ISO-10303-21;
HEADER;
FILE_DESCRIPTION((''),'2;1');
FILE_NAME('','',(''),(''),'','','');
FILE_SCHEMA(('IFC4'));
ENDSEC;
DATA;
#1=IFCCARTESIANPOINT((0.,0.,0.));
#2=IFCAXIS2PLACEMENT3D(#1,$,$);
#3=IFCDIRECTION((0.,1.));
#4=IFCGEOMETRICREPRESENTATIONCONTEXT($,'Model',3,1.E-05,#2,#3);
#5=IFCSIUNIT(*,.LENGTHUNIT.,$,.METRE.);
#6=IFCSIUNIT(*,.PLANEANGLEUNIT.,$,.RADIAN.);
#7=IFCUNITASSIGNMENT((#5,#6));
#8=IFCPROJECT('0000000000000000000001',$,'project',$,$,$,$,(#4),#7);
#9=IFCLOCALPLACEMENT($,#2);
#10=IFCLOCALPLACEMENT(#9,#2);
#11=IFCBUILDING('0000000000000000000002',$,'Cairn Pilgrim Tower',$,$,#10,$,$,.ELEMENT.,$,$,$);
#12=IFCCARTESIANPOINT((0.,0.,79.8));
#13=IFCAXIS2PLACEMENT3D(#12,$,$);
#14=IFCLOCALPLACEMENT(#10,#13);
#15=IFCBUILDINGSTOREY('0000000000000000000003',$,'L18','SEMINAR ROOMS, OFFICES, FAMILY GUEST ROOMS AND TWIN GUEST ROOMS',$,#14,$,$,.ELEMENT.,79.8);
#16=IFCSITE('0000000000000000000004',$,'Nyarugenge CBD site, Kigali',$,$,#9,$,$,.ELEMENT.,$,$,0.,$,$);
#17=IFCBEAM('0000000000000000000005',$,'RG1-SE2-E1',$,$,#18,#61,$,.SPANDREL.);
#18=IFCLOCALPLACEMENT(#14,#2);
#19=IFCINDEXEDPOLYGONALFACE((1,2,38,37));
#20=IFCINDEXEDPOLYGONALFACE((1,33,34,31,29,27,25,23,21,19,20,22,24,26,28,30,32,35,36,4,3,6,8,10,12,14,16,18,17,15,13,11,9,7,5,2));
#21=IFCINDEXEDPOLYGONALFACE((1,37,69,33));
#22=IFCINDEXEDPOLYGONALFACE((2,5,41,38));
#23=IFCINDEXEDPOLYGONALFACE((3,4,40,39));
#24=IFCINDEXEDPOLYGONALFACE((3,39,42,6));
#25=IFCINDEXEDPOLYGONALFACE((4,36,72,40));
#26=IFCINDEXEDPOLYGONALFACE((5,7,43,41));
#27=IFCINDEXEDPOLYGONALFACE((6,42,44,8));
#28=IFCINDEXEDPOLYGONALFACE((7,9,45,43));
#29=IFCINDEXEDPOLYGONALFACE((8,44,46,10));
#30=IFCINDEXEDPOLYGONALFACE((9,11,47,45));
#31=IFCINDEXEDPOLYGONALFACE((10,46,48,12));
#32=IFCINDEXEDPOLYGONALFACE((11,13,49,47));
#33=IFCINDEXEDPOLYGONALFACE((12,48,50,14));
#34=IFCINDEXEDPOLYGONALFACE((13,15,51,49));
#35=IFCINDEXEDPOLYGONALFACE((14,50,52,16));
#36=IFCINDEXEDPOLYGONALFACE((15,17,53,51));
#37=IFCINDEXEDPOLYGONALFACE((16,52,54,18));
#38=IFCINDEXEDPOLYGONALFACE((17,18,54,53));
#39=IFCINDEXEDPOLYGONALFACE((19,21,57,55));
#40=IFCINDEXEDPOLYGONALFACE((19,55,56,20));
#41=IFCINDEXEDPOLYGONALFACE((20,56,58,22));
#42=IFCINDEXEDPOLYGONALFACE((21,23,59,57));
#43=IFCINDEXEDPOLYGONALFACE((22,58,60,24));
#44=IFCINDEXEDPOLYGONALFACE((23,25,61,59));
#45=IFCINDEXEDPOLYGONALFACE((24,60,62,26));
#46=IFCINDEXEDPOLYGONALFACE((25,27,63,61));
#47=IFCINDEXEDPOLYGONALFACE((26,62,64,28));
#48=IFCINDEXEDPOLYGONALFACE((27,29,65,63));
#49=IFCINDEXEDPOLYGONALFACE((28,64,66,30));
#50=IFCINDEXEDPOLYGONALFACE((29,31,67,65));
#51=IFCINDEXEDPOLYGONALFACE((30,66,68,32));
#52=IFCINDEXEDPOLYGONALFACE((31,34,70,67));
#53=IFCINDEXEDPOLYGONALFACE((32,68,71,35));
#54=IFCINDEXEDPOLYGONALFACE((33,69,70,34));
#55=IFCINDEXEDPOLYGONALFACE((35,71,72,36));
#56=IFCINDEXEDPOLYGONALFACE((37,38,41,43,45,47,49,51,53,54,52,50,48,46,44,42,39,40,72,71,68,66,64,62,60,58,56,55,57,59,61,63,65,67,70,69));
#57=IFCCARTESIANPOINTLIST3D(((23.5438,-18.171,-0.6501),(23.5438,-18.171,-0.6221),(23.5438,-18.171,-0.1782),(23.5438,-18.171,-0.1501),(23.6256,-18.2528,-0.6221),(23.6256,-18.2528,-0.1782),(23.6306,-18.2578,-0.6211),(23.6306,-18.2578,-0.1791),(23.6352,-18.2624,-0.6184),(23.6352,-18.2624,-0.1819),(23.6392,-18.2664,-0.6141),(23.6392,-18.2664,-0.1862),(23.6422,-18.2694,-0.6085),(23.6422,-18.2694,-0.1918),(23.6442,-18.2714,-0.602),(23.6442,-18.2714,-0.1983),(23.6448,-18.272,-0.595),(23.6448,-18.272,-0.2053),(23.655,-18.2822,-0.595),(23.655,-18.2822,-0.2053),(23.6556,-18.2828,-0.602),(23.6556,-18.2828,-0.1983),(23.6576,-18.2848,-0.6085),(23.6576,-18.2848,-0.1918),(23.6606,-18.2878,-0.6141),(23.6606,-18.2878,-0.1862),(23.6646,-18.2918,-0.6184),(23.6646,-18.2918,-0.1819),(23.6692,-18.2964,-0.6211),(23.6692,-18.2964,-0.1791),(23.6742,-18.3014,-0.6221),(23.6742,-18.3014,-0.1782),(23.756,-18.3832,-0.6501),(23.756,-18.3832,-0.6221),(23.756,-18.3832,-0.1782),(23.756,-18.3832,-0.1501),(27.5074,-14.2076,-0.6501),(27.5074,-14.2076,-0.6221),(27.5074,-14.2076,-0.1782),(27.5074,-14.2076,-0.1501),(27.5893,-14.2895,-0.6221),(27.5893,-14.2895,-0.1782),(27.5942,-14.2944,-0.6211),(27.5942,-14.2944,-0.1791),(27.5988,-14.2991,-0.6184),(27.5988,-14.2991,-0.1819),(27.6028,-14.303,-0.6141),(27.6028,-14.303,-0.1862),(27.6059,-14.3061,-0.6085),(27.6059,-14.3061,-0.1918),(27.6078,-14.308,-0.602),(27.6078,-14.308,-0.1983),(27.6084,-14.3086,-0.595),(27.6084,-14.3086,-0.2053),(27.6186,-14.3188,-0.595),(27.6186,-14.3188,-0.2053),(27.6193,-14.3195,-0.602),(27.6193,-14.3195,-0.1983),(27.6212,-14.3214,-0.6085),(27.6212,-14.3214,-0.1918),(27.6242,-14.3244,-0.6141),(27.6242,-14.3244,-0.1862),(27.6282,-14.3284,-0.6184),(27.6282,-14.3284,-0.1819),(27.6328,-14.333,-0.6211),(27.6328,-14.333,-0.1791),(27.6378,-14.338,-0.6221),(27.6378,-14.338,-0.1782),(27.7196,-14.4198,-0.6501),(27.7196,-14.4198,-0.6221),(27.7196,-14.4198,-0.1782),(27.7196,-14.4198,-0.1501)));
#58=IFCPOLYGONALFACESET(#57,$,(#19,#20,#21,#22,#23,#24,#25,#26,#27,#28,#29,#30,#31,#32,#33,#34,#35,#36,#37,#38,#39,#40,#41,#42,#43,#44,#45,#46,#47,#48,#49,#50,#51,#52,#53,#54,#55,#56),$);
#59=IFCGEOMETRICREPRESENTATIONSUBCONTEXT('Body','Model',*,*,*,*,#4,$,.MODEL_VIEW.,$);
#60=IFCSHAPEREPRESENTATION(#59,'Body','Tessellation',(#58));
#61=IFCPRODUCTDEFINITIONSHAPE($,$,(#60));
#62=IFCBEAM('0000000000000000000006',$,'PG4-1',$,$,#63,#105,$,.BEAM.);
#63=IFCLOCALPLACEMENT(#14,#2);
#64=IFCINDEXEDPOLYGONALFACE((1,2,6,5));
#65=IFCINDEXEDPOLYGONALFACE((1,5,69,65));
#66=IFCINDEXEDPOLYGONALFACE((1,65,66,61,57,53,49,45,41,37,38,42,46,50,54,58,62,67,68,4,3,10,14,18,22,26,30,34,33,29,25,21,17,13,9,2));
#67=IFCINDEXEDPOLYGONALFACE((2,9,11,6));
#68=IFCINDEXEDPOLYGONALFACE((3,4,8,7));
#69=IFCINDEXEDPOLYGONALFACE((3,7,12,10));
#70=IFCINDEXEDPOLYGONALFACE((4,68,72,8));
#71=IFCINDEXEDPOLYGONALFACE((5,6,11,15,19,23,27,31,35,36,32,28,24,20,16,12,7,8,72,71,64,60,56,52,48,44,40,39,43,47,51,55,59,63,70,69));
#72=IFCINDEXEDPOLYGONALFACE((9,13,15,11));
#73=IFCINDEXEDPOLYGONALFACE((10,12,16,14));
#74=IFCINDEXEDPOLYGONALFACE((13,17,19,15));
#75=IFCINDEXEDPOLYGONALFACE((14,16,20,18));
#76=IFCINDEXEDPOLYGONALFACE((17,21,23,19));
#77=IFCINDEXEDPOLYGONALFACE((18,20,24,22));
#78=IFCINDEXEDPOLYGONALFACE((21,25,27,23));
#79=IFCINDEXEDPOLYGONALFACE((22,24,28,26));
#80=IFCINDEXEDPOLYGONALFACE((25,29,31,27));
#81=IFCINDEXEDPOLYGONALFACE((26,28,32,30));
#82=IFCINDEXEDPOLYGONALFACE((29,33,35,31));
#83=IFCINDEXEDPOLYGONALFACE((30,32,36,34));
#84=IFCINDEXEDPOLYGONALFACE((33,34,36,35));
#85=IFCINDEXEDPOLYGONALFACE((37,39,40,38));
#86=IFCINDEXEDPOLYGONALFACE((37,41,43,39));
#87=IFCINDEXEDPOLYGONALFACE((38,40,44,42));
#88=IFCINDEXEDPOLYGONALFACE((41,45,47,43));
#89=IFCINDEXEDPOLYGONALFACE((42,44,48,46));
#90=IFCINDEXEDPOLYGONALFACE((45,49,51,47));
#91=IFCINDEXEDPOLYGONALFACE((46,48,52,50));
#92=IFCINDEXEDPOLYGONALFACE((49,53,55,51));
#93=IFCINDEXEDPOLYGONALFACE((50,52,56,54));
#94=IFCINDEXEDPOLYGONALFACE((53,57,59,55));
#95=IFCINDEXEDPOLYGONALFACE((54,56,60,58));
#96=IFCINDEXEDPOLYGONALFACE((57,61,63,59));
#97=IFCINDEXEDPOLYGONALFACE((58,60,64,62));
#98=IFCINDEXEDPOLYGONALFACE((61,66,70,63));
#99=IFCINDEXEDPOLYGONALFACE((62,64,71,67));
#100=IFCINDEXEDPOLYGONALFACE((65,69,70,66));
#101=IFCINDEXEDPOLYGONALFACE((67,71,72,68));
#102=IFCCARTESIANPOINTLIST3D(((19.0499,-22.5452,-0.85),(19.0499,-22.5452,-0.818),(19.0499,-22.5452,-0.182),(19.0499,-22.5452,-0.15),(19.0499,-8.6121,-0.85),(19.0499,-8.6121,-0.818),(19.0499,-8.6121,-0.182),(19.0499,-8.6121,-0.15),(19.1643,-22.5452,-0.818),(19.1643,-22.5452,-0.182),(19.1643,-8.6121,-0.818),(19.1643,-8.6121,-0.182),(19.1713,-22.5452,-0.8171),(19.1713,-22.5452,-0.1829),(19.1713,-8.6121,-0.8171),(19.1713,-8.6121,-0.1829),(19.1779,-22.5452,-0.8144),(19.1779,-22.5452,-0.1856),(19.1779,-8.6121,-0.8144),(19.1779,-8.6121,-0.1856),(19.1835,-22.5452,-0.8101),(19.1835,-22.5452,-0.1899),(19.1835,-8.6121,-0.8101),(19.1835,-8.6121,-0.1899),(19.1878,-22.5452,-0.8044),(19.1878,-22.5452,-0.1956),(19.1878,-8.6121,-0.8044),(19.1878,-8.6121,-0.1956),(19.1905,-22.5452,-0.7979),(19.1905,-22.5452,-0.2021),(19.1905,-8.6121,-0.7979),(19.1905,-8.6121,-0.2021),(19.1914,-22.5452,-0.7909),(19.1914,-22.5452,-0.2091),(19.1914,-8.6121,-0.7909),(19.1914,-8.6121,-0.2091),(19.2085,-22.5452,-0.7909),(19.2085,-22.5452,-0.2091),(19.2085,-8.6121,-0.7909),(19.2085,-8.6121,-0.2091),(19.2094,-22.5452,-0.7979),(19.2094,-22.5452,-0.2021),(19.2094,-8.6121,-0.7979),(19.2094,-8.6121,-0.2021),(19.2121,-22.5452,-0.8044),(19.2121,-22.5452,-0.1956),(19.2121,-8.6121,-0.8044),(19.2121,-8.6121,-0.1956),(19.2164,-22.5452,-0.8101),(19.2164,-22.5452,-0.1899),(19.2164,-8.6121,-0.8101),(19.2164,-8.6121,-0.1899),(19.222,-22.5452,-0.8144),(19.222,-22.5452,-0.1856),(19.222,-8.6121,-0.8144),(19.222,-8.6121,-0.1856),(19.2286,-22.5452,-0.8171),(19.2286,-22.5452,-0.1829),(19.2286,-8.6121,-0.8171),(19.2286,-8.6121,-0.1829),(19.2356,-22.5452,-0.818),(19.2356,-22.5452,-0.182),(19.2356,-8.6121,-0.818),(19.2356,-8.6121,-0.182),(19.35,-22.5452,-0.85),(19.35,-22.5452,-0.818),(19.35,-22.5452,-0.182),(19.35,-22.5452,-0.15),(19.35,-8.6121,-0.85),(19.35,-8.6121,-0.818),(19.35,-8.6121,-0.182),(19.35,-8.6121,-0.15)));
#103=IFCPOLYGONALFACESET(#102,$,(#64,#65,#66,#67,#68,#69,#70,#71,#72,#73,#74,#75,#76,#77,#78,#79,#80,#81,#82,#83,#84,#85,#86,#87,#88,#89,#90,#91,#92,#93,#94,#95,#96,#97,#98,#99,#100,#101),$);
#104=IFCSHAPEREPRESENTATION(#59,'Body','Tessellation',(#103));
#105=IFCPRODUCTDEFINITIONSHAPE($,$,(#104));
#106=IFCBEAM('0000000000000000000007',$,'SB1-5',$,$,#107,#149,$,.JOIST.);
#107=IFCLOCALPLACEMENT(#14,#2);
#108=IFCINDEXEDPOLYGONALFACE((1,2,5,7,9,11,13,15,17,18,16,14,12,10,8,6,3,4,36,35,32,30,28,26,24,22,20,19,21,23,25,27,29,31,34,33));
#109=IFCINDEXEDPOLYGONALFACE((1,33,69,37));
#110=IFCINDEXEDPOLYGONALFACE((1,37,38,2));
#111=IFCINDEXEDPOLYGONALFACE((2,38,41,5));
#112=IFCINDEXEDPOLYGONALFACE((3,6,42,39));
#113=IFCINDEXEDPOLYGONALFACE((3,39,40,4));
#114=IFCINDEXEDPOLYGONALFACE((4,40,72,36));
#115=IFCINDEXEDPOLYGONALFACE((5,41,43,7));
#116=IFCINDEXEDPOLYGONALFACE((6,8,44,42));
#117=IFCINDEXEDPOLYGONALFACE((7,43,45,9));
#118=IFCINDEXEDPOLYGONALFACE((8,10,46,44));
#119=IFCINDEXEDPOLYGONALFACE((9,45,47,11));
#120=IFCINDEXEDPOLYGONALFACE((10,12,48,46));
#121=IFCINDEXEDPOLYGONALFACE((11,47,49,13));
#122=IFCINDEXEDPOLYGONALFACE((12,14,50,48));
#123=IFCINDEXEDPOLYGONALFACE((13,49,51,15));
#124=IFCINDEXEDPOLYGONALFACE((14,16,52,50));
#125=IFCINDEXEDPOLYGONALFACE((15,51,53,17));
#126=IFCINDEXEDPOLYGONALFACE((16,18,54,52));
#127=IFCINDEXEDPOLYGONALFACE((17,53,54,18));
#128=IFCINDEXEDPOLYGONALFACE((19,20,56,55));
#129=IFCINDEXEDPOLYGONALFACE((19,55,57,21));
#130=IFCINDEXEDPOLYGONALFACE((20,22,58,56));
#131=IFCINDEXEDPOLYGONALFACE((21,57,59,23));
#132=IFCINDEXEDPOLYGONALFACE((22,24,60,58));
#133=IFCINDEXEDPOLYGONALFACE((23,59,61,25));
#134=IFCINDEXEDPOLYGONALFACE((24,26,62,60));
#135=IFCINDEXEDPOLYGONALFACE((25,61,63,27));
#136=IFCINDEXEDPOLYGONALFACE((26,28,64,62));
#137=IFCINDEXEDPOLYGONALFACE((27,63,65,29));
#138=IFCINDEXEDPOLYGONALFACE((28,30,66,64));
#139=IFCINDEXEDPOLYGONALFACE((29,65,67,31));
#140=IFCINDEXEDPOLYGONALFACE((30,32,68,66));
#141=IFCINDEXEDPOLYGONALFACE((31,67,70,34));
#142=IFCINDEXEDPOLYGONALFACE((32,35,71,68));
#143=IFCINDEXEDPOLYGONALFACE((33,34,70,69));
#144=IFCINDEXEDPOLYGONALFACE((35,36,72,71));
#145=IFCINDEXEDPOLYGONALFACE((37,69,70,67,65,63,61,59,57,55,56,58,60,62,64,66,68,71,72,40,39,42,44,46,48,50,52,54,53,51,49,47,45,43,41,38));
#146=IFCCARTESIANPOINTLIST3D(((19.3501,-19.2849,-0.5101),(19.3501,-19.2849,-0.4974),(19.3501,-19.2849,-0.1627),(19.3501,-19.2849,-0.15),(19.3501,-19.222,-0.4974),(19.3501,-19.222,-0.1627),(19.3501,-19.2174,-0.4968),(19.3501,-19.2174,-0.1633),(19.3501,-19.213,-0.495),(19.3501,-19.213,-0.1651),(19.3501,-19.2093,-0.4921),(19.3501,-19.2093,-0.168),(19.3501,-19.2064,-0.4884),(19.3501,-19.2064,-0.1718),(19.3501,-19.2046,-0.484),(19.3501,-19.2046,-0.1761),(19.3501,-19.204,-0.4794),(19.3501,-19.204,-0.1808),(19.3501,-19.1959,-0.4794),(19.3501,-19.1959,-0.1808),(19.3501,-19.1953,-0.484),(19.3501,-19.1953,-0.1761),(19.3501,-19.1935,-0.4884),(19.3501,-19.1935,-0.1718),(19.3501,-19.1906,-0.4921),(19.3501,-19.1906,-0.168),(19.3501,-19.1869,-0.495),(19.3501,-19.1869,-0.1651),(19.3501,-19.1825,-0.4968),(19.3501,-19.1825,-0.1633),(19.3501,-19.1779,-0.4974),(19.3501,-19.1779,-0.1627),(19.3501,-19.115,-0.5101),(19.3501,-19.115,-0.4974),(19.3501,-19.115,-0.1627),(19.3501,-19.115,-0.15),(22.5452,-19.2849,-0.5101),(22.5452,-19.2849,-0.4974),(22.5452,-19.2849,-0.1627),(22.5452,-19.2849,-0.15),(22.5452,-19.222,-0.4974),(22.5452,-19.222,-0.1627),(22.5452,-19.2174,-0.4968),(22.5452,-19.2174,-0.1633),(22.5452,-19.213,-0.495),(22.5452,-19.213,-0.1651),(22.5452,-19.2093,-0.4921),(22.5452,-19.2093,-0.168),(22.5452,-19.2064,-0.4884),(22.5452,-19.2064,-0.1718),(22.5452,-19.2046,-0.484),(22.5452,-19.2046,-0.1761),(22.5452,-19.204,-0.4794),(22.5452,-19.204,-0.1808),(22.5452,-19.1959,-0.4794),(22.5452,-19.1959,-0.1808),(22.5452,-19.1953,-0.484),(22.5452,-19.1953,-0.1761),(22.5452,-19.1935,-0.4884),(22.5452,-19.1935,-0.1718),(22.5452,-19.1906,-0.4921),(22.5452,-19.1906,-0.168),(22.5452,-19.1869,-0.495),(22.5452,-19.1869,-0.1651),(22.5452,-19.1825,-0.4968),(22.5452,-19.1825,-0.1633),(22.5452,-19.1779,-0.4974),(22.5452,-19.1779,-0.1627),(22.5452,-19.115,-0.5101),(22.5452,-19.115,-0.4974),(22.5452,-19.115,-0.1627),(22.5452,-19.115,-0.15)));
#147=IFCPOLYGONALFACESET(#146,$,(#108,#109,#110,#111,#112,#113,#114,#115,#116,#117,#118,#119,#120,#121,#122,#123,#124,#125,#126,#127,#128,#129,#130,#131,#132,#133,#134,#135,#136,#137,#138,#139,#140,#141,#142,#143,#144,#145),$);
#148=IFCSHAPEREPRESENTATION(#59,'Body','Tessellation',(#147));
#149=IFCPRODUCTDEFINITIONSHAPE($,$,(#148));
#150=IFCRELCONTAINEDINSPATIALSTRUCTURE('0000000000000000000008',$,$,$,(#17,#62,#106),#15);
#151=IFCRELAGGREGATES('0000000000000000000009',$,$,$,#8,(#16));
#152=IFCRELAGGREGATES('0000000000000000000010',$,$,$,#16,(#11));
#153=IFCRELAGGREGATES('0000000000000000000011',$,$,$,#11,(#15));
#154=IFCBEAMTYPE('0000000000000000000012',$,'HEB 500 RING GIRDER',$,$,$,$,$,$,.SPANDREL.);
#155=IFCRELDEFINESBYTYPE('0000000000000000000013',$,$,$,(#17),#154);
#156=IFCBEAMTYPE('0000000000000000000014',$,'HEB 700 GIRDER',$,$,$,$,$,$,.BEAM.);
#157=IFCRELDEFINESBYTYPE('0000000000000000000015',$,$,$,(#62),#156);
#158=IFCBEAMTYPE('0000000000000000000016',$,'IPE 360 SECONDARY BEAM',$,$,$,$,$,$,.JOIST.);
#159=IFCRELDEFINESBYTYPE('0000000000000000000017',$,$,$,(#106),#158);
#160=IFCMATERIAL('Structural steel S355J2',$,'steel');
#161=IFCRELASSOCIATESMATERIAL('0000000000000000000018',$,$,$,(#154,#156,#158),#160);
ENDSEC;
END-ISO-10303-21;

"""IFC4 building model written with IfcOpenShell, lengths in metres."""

from ifc_helpers import new_model, si_unit, direction, frame, origin, origin_2d, place, context, subcontext, project, spatial, i_section, extrude, material, material_profile, profile_set, type_object, element, save


model = new_model("IFC4")

# Units and contexts
model_context = context("Model", 3, precision=1e-05, world=origin(), true_north=direction((0.0, 1.0)))
body_context = subcontext(model_context, "Body", "Model", "MODEL_VIEW")
ifc_project = project(units=[si_unit("LENGTHUNIT", "METRE"), si_unit("PLANEANGLEUNIT", "RADIAN")], contexts=[model_context])

# Site, building, storey
site_placement = place(None, origin())
site = spatial("IfcSite", under=ifc_project, at=site_placement, Name="Nyarugenge CBD site, Kigali", CompositionType="ELEMENT", RefElevation=0.0)
building_placement = place(site_placement, origin())
building = spatial("IfcBuilding", under=site, at=building_placement, Name="Cairn Pilgrim Tower", CompositionType="ELEMENT")
storey_placement = place(building_placement, frame((0.0, 0.0, 79.8)))
storey = spatial("IfcBuildingStorey", under=building, at=storey_placement, Name="L18", Description="SEMINAR ROOMS, OFFICES, FAMILY GUEST ROOMS AND TWIN GUEST ROOMS", CompositionType="ELEMENT", Elevation=79.8)

# Shared definitions
ifc_material_1 = material(Name="Structural steel S355J2", Category="steel")

# Beams
ifc_material_profile_1 = material_profile(ifc_material_1, i_section(OverallWidth=0.3, OverallDepth=0.5, WebThickness=0.0144, FlangeThickness=0.0281, FilletRadius=0.0271, at=origin_2d()), Name="HEB 500")
ifc_profile_set_1 = profile_set([ifc_material_profile_1], Name="Structural steel S355J2")
beam_type_1 = type_object("IfcBeamType", Name="HEB 500 RING GIRDER", PredefinedType="SPANDREL", material=ifc_profile_set_1)
beam_1_placement = place(storey_placement, frame((23.6499, -18.2771, -0.4001), z_axis=(0.707129, 0.707085, 0.0), x_axis=(-0.707085, 0.707129, 0.0)))
element("IfcBeam", 1, at=beam_1_placement, inside=storey, type_object=beam_type_1, Name="RG1-SE2-E1", PredefinedType="SPANDREL", context=body_context, shape_type="SweptSolid", body=[
    extrude(i_section(OverallWidth=0.3, OverallDepth=0.5, WebThickness=0.0144, FlangeThickness=0.0281, FilletRadius=0.0271, at=origin_2d()), origin(), (0.0, 0.0, 1.0), 5.6052),
])
ifc_material_profile_2 = material_profile(ifc_material_1, i_section(OverallWidth=0.3, OverallDepth=0.7, WebThickness=0.0171, FlangeThickness=0.032, FilletRadius=0.0271, at=origin_2d()), Name="HEB 700")
ifc_profile_set_2 = profile_set([ifc_material_profile_2], Name="Structural steel S355J2")
beam_type_2 = type_object("IfcBeamType", Name="HEB 700 GIRDER", PredefinedType="BEAM", material=ifc_profile_set_2)
beam_2_placement = place(storey_placement, frame((19.2, -22.5452, -0.5), z_axis=(0.0, 1.0, 0.0), x_axis=(-1.0, 0.0, 0.0)))
element("IfcBeam", 2, at=beam_2_placement, inside=storey, type_object=beam_type_2, Name="PG4-1", PredefinedType="BEAM", context=body_context, shape_type="SweptSolid", body=[
    extrude(i_section(OverallWidth=0.3, OverallDepth=0.7, WebThickness=0.0171, FlangeThickness=0.032, FilletRadius=0.0271, at=origin_2d()), origin(), (0.0, 0.0, 1.0), 13.9331),
])
ifc_material_profile_3 = material_profile(ifc_material_1, i_section(OverallWidth=0.1699, OverallDepth=0.3601, WebThickness=0.0081, FlangeThickness=0.0127, FilletRadius=0.0181, at=origin_2d()), Name="IPE 360")
ifc_profile_set_3 = profile_set([ifc_material_profile_3], Name="Structural steel S355J2")
beam_type_3 = type_object("IfcBeamType", Name="IPE 360 SECONDARY BEAM", PredefinedType="JOIST", material=ifc_profile_set_3)
beam_3_placement = place(storey_placement, frame((19.3501, -19.2, -0.3301), z_axis=(1.0, 0.0, 0.0), x_axis=(0.0, 1.0, 0.0)))
element("IfcBeam", 3, at=beam_3_placement, inside=storey, type_object=beam_type_3, Name="SB1-5", PredefinedType="JOIST", context=body_context, shape_type="SweptSolid", body=[
    extrude(i_section(OverallWidth=0.1699, OverallDepth=0.3601, WebThickness=0.0081, FlangeThickness=0.0127, FilletRadius=0.0181, at=origin_2d()), origin(), (0.0, 0.0, 1.0), 3.1951),
])

save(model, "model.ifc")
